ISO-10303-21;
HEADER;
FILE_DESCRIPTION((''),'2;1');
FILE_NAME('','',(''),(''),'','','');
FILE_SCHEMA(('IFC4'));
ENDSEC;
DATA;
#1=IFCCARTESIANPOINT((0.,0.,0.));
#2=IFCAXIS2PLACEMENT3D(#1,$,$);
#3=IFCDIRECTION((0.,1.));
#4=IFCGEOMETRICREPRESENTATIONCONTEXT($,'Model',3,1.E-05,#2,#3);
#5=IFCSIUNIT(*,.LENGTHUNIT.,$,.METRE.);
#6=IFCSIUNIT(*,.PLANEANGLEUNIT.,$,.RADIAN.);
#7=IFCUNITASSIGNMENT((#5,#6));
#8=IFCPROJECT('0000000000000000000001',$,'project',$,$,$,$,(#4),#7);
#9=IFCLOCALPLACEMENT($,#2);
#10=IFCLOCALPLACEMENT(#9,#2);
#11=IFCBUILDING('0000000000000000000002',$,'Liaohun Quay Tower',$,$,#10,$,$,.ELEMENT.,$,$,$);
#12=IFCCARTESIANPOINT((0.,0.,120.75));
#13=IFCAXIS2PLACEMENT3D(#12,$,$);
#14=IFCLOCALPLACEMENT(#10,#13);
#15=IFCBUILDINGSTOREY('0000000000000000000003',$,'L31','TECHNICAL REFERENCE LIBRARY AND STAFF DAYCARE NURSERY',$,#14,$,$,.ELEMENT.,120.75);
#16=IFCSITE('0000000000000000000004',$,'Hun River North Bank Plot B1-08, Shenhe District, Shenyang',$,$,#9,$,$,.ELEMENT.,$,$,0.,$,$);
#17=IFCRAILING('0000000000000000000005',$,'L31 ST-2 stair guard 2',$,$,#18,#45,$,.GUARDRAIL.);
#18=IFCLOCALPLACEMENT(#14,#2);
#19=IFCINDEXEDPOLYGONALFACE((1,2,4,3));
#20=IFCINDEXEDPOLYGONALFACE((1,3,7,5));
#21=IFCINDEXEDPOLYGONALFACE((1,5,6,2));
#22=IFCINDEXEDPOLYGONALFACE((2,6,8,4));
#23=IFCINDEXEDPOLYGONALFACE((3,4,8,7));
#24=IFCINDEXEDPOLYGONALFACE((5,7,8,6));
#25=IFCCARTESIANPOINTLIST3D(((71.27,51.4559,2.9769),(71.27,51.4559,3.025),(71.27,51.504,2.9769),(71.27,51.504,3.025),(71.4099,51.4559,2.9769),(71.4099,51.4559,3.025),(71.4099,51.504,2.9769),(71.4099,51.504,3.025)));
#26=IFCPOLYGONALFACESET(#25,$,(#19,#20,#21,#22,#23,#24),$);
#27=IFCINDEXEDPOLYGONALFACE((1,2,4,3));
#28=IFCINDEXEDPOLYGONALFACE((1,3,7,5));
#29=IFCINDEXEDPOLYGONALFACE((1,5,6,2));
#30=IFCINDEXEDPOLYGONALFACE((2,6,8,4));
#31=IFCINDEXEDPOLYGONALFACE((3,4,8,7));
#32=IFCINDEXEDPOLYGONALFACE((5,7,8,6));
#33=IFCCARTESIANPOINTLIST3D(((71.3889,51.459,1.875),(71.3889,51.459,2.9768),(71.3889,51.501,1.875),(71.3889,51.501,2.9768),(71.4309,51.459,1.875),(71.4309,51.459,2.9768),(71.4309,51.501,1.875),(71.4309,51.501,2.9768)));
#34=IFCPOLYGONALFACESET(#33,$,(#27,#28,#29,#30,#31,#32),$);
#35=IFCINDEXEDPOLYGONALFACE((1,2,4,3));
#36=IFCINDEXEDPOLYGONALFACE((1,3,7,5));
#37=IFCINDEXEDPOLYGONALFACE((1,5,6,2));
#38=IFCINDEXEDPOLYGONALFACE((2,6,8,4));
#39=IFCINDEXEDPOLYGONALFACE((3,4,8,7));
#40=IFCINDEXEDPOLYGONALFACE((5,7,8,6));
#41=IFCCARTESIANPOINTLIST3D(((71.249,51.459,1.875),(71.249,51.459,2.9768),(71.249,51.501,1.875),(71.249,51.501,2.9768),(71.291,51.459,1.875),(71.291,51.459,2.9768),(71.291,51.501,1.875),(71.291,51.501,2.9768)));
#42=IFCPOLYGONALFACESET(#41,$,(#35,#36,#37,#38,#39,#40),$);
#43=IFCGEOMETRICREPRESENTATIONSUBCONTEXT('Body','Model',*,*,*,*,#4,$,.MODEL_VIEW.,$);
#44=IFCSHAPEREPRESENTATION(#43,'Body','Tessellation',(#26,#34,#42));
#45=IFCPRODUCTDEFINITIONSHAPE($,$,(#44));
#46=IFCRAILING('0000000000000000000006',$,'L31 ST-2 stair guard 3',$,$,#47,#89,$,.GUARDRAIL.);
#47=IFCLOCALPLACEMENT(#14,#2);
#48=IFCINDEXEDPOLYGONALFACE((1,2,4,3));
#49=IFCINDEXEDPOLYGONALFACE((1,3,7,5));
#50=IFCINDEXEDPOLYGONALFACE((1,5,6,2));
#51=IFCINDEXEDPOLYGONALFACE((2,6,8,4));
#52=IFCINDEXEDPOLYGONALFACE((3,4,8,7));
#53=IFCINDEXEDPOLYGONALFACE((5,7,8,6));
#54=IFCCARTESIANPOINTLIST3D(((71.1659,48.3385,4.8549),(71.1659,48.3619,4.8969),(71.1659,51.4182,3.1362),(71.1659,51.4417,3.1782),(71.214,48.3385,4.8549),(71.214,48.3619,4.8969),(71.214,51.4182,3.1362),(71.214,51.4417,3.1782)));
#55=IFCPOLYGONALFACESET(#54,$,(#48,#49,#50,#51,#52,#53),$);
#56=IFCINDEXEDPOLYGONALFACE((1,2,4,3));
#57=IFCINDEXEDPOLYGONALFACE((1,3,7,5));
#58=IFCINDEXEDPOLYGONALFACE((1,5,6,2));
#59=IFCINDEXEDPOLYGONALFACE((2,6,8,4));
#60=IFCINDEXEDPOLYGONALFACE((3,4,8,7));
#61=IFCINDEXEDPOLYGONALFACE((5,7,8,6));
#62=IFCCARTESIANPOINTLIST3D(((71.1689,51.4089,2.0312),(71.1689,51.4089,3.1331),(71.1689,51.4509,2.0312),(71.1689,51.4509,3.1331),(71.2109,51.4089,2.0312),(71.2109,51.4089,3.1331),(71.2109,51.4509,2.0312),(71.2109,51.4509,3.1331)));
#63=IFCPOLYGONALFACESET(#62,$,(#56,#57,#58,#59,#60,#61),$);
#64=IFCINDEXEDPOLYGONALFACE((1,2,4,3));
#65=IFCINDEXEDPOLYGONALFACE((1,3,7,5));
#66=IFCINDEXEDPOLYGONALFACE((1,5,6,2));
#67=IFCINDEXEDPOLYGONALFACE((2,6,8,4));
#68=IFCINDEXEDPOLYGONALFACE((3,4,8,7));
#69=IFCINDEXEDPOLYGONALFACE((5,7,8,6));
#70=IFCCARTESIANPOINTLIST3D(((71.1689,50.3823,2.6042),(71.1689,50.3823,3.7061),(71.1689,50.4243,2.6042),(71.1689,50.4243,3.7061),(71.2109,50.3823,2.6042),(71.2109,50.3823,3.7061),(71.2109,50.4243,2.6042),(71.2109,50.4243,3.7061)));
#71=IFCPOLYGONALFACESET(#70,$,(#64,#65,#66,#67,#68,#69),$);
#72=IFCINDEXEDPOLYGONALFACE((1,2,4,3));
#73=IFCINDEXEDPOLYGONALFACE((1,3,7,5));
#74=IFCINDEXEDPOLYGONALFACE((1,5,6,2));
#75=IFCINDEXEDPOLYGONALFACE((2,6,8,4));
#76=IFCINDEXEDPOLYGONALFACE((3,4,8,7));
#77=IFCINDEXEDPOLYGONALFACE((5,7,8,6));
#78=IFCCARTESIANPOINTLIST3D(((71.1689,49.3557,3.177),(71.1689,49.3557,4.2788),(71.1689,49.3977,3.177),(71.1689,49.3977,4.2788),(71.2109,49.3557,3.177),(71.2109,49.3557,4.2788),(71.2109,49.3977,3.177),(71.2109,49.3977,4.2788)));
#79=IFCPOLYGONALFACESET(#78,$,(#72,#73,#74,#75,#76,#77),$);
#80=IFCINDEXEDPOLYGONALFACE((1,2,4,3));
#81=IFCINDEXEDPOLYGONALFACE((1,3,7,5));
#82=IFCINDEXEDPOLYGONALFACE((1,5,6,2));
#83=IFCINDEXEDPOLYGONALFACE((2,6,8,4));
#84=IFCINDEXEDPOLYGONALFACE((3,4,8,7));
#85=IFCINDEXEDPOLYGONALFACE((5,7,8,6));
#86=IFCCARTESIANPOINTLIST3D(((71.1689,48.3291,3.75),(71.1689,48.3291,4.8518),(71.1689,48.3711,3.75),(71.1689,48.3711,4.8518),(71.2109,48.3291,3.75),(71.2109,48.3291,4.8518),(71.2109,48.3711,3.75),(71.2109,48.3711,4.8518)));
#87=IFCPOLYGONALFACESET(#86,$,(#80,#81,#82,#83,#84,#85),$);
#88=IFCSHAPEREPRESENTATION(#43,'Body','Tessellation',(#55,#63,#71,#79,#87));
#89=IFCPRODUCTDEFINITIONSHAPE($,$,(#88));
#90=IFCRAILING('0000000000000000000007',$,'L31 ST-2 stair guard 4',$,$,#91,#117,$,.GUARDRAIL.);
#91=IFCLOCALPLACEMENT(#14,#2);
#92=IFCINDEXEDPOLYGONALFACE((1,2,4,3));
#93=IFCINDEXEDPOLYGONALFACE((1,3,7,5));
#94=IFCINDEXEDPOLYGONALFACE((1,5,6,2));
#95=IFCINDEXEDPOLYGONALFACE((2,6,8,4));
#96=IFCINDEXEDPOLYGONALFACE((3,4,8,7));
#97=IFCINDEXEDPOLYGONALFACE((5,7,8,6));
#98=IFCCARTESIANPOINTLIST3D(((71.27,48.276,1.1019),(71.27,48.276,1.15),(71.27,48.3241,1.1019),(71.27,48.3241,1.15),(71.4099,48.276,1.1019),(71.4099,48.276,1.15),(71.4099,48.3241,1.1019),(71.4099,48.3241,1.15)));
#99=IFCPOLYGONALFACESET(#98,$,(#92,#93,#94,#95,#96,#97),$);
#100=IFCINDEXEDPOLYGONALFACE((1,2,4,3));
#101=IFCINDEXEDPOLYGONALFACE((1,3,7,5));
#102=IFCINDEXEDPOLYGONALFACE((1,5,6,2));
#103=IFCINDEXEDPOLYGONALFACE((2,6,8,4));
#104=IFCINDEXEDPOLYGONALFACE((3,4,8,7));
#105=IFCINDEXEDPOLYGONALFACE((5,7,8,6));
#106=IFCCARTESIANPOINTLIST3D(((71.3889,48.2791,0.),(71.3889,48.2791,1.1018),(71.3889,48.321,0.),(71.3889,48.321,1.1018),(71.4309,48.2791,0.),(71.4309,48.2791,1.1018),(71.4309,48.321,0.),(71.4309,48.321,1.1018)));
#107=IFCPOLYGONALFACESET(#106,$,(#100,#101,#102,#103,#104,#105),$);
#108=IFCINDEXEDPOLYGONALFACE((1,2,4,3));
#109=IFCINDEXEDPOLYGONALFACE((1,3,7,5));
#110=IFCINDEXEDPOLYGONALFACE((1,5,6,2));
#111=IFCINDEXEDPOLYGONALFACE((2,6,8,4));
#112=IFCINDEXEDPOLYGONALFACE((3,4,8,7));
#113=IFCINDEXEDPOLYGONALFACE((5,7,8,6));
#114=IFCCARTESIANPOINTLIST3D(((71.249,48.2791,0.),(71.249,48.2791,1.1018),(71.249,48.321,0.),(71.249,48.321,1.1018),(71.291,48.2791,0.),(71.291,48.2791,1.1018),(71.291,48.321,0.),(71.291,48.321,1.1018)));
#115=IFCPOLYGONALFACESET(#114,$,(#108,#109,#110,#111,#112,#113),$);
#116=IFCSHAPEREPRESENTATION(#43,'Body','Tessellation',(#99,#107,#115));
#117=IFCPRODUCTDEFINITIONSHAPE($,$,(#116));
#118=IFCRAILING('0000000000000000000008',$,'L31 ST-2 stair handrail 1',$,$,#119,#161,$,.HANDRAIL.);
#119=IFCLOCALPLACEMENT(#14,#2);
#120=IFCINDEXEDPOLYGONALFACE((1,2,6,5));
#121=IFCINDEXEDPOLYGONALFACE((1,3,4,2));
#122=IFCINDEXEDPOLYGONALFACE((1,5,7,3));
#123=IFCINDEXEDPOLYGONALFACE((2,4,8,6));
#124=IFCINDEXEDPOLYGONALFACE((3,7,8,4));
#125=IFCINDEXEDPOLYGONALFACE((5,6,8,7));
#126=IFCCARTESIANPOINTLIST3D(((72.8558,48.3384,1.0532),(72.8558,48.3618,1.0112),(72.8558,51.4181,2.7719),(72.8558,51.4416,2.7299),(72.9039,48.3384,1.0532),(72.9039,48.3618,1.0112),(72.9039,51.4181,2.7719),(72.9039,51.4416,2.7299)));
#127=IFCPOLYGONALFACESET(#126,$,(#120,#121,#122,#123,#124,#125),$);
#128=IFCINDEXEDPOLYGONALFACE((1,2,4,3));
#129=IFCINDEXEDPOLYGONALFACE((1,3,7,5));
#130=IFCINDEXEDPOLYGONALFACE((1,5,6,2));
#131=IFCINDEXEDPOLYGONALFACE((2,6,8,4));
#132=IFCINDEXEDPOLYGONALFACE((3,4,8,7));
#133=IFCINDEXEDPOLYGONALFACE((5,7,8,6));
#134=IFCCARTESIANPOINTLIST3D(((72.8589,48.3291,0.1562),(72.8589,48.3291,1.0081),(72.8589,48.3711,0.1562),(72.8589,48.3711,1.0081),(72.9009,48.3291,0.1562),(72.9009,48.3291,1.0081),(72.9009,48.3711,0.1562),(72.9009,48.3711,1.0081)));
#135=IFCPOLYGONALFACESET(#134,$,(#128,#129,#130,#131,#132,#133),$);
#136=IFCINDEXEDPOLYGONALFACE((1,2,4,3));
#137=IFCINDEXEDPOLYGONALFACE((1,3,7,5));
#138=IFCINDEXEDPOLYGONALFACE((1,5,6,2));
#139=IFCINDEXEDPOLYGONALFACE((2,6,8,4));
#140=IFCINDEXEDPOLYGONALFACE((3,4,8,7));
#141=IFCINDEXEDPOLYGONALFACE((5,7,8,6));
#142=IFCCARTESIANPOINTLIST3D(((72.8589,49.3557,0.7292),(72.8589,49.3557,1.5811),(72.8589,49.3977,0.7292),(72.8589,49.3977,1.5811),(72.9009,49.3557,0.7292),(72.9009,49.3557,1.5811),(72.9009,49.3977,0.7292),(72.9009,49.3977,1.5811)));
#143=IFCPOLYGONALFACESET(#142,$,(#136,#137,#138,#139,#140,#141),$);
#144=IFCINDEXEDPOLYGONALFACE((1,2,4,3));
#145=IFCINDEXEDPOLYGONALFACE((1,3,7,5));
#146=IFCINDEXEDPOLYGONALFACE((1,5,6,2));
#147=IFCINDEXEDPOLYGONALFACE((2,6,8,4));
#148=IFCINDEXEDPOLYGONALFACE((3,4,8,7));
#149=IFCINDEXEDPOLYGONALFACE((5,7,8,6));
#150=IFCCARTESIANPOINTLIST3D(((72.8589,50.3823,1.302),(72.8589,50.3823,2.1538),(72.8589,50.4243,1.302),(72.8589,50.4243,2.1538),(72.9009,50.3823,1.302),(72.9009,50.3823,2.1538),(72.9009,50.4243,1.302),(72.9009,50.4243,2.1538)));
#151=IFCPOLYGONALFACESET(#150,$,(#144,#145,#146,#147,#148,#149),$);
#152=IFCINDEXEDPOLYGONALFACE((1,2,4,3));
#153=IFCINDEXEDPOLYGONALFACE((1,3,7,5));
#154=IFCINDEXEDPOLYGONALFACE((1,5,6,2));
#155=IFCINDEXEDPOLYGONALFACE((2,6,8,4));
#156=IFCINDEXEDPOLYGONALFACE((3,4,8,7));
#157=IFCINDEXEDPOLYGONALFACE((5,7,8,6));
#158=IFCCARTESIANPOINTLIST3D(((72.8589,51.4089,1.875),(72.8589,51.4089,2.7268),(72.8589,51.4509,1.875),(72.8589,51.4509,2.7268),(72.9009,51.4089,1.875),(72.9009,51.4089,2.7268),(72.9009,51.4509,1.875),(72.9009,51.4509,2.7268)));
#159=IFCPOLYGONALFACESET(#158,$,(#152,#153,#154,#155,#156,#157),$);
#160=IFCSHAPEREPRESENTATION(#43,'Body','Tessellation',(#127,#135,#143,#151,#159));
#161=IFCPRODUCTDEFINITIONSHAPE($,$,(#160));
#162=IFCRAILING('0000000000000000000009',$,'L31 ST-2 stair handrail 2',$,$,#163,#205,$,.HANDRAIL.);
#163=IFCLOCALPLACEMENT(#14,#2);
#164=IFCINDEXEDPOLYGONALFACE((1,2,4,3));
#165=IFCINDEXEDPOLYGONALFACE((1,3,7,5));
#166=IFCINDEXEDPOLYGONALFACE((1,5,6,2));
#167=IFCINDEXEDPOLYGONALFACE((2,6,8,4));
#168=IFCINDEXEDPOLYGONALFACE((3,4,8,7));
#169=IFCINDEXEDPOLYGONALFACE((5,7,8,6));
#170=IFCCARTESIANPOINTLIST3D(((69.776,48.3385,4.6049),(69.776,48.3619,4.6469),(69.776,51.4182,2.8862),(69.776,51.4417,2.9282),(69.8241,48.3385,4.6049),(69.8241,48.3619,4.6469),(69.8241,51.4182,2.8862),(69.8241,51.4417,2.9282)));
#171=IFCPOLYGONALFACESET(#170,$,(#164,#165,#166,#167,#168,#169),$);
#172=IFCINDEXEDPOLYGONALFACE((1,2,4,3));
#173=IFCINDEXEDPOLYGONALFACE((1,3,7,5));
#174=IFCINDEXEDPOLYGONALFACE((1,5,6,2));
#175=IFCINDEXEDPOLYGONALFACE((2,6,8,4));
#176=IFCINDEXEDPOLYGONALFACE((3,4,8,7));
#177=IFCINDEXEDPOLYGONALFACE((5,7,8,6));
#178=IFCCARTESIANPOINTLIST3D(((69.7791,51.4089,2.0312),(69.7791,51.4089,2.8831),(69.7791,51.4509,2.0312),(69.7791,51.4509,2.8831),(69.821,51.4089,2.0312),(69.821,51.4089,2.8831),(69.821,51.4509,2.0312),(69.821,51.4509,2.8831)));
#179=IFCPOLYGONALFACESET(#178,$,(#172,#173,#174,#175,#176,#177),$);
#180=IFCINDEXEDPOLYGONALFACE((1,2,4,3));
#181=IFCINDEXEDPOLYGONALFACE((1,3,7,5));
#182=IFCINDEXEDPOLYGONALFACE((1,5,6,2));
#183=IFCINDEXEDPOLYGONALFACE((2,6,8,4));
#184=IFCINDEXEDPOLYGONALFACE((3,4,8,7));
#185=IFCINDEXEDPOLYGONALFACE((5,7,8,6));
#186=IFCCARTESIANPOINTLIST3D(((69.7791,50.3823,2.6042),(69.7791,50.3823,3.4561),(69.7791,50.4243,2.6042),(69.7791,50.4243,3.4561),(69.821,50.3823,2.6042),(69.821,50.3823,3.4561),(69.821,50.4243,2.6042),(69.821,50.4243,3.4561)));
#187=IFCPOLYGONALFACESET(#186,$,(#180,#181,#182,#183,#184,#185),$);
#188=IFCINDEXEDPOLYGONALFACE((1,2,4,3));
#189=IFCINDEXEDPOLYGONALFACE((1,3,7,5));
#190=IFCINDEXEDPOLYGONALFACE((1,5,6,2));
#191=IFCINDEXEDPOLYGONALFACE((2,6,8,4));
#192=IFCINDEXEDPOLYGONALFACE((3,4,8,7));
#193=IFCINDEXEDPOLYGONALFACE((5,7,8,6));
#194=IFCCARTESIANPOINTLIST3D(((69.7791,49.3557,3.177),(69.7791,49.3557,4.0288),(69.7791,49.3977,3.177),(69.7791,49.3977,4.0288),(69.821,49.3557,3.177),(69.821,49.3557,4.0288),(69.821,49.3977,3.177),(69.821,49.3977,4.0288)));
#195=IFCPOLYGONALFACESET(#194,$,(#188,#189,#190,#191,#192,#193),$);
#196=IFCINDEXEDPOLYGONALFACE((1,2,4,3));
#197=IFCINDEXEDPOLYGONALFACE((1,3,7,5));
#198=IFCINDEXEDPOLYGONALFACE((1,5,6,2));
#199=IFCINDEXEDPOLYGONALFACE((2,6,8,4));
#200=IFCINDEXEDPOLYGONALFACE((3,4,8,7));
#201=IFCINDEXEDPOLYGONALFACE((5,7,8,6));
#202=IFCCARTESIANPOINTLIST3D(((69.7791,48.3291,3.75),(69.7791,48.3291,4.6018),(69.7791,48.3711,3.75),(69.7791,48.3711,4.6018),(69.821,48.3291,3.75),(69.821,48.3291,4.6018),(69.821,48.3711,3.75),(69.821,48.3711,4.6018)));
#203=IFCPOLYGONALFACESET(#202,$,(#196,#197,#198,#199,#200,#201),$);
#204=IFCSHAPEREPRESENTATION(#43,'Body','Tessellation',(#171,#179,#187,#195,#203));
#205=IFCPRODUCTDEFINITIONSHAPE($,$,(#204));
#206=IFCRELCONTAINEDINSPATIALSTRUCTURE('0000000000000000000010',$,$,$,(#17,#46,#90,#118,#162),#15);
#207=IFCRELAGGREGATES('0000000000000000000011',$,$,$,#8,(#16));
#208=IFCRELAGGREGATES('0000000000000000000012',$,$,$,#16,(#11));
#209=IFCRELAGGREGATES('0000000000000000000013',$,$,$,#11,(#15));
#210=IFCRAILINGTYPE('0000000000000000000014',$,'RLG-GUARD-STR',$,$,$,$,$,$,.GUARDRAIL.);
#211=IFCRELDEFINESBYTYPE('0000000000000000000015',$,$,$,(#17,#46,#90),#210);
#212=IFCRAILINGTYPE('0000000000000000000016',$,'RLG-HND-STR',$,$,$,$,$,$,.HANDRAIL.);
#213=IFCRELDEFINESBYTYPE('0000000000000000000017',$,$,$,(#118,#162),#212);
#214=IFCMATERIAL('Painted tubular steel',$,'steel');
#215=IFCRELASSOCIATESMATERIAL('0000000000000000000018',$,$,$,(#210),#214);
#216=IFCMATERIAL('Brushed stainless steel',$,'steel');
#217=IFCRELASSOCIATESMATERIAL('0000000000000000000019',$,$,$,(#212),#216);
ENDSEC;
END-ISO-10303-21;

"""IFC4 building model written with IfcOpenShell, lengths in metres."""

from ifc_helpers import new_model, si_unit, direction, frame, origin, origin_2d, place, context, subcontext, project, spatial, rectangle, extrude, material, type_object, element, save


model = new_model("IFC4")

# Units and contexts
model_context = context("Model", 3, precision=1e-05, world=origin(), true_north=direction((0.0, 1.0)))
body_context = subcontext(model_context, "Body", "Model", "MODEL_VIEW")
ifc_project = project(units=[si_unit("LENGTHUNIT", "METRE"), si_unit("PLANEANGLEUNIT", "RADIAN")], contexts=[model_context])

# Site, building, storey
site_placement = place(None, origin())
site = spatial("IfcSite", under=ifc_project, at=site_placement, Name="Hun River North Bank Plot B1-08, Shenhe District, Shenyang", CompositionType="ELEMENT", RefElevation=0.0)
building_placement = place(site_placement, origin())
building = spatial("IfcBuilding", under=site, at=building_placement, Name="Liaohun Quay Tower", CompositionType="ELEMENT")
storey_placement = place(building_placement, frame((0.0, 0.0, 120.75)))
storey = spatial("IfcBuildingStorey", under=building, at=storey_placement, Name="L31", Description="TECHNICAL REFERENCE LIBRARY AND STAFF DAYCARE NURSERY", CompositionType="ELEMENT", Elevation=120.75)

# Railings
ifc_material_1 = material(Name="Painted tubular steel", Category="steel")
railing_type_1 = type_object("IfcRailingType", Name="RLG-GUARD-STR", PredefinedType="GUARDRAIL", material=ifc_material_1)
railing_1_placement = place(storey_placement, frame((71.4099, 51.48, 1.875)))
element("IfcRailing", 1, at=railing_1_placement, inside=storey, type_object=railing_type_1, Name="L31 ST-2 stair guard 2", PredefinedType="GUARDRAIL", context=body_context, shape_type="SweptSolid", body=[
    extrude(rectangle(XDim=0.0481, YDim=0.0481, at=origin_2d()), frame((0.0, 0.0, 1.126), z_axis=(-1.0, 0.0, 0.0), x_axis=(0.0, -1.0, 0.0)), (0.0, 0.0, 1.0), 0.1399),
    extrude(rectangle(XDim=0.042, YDim=0.042, at=origin_2d()), origin(), (0.0, 0.0, 1.0), 1.1018),
    extrude(rectangle(XDim=0.042, YDim=0.042, at=origin_2d()), frame((-0.1399, 0.0, 0.0)), (0.0, 0.0, 1.0), 1.1018),
])
railing_2_placement = place(storey_placement, frame((71.1899, 51.4299, 2.0312)))
element("IfcRailing", 2, at=railing_2_placement, inside=storey, type_object=railing_type_1, Name="L31 ST-2 stair guard 3", PredefinedType="GUARDRAIL", context=body_context, shape_type="SweptSolid", body=[
    extrude(rectangle(XDim=0.0481, YDim=0.0481, at=origin_2d()), frame((0.0, 0.0, 1.126), z_axis=(0.0, -0.873225, 0.487317), x_axis=(1.0, 0.0, 0.0)), (0.0, 0.0, 1.0), 3.5269),
    extrude(rectangle(XDim=0.042, YDim=0.042, at=origin_2d()), origin(), (0.0, 0.0, 1.0), 1.1018),
    extrude(rectangle(XDim=0.042, YDim=0.042, at=origin_2d()), frame((0.0, -1.0266, 0.573)), (0.0, 0.0, 1.0), 1.1018),
    extrude(rectangle(XDim=0.042, YDim=0.042, at=origin_2d()), frame((0.0, -2.0532, 1.1458)), (0.0, 0.0, 1.0), 1.1018),
    extrude(rectangle(XDim=0.042, YDim=0.042, at=origin_2d()), frame((0.0, -3.0798, 1.7188)), (0.0, 0.0, 1.0), 1.1018),
])
railing_3_placement = place(storey_placement, frame((71.4099, 48.3, 0.0)))
element("IfcRailing", 3, at=railing_3_placement, inside=storey, type_object=railing_type_1, Name="L31 ST-2 stair guard 4", PredefinedType="GUARDRAIL", context=body_context, shape_type="SweptSolid", body=[
    extrude(rectangle(XDim=0.0481, YDim=0.0481, at=origin_2d()), frame((0.0, 0.0, 1.126), z_axis=(-1.0, 0.0, 0.0), x_axis=(0.0, -1.0, 0.0)), (0.0, 0.0, 1.0), 0.1399),
    extrude(rectangle(XDim=0.042, YDim=0.042, at=origin_2d()), origin(), (0.0, 0.0, 1.0), 1.1018),
    extrude(rectangle(XDim=0.042, YDim=0.042, at=origin_2d()), frame((-0.1399, 0.0, 0.0)), (0.0, 0.0, 1.0), 1.1018),
])
ifc_material_2 = material(Name="Brushed stainless steel", Category="steel")
railing_type_2 = type_object("IfcRailingType", Name="RLG-HND-STR", PredefinedType="HANDRAIL", material=ifc_material_2)
railing_4_placement = place(storey_placement, frame((72.8799, 48.3501, 0.1562)))
element("IfcRailing", 4, at=railing_4_placement, inside=storey, type_object=railing_type_2, Name="L31 ST-2 stair handrail 1", PredefinedType="HANDRAIL", context=body_context, shape_type="SweptSolid", body=[
    extrude(rectangle(XDim=0.0481, YDim=0.0481, at=origin_2d()), frame((0.0, 0.0, 0.876), z_axis=(0.0, 0.873225, 0.487317), x_axis=(-1.0, 0.0, 0.0)), (0.0, 0.0, 1.0), 3.5269),
    extrude(rectangle(XDim=0.042, YDim=0.042, at=origin_2d()), origin(), (0.0, 0.0, 1.0), 0.8518),
    extrude(rectangle(XDim=0.042, YDim=0.042, at=origin_2d()), frame((0.0, 1.0266, 0.573)), (0.0, 0.0, 1.0), 0.8518),
    extrude(rectangle(XDim=0.042, YDim=0.042, at=origin_2d()), frame((0.0, 2.0532, 1.1458)), (0.0, 0.0, 1.0), 0.8518),
    extrude(rectangle(XDim=0.042, YDim=0.042, at=origin_2d()), frame((0.0, 3.0798, 1.7188)), (0.0, 0.0, 1.0), 0.8518),
])
railing_5_placement = place(storey_placement, frame((69.8, 51.4299, 2.0312)))
element("IfcRailing", 5, at=railing_5_placement, inside=storey, type_object=railing_type_2, Name="L31 ST-2 stair handrail 2", PredefinedType="HANDRAIL", context=body_context, shape_type="SweptSolid", body=[
    extrude(rectangle(XDim=0.0481, YDim=0.0481, at=origin_2d()), frame((0.0, 0.0, 0.876), z_axis=(0.0, -0.873225, 0.487317), x_axis=(1.0, 0.0, 0.0)), (0.0, 0.0, 1.0), 3.5269),
    extrude(rectangle(XDim=0.042, YDim=0.042, at=origin_2d()), origin(), (0.0, 0.0, 1.0), 0.8518),
    extrude(rectangle(XDim=0.042, YDim=0.042, at=origin_2d()), frame((0.0, -1.0266, 0.573)), (0.0, 0.0, 1.0), 0.8518),
    extrude(rectangle(XDim=0.042, YDim=0.042, at=origin_2d()), frame((0.0, -2.0532, 1.1458)), (0.0, 0.0, 1.0), 0.8518),
    extrude(rectangle(XDim=0.042, YDim=0.042, at=origin_2d()), frame((0.0, -3.0798, 1.7188)), (0.0, 0.0, 1.0), 0.8518),
])

save(model, "model.ifc")
